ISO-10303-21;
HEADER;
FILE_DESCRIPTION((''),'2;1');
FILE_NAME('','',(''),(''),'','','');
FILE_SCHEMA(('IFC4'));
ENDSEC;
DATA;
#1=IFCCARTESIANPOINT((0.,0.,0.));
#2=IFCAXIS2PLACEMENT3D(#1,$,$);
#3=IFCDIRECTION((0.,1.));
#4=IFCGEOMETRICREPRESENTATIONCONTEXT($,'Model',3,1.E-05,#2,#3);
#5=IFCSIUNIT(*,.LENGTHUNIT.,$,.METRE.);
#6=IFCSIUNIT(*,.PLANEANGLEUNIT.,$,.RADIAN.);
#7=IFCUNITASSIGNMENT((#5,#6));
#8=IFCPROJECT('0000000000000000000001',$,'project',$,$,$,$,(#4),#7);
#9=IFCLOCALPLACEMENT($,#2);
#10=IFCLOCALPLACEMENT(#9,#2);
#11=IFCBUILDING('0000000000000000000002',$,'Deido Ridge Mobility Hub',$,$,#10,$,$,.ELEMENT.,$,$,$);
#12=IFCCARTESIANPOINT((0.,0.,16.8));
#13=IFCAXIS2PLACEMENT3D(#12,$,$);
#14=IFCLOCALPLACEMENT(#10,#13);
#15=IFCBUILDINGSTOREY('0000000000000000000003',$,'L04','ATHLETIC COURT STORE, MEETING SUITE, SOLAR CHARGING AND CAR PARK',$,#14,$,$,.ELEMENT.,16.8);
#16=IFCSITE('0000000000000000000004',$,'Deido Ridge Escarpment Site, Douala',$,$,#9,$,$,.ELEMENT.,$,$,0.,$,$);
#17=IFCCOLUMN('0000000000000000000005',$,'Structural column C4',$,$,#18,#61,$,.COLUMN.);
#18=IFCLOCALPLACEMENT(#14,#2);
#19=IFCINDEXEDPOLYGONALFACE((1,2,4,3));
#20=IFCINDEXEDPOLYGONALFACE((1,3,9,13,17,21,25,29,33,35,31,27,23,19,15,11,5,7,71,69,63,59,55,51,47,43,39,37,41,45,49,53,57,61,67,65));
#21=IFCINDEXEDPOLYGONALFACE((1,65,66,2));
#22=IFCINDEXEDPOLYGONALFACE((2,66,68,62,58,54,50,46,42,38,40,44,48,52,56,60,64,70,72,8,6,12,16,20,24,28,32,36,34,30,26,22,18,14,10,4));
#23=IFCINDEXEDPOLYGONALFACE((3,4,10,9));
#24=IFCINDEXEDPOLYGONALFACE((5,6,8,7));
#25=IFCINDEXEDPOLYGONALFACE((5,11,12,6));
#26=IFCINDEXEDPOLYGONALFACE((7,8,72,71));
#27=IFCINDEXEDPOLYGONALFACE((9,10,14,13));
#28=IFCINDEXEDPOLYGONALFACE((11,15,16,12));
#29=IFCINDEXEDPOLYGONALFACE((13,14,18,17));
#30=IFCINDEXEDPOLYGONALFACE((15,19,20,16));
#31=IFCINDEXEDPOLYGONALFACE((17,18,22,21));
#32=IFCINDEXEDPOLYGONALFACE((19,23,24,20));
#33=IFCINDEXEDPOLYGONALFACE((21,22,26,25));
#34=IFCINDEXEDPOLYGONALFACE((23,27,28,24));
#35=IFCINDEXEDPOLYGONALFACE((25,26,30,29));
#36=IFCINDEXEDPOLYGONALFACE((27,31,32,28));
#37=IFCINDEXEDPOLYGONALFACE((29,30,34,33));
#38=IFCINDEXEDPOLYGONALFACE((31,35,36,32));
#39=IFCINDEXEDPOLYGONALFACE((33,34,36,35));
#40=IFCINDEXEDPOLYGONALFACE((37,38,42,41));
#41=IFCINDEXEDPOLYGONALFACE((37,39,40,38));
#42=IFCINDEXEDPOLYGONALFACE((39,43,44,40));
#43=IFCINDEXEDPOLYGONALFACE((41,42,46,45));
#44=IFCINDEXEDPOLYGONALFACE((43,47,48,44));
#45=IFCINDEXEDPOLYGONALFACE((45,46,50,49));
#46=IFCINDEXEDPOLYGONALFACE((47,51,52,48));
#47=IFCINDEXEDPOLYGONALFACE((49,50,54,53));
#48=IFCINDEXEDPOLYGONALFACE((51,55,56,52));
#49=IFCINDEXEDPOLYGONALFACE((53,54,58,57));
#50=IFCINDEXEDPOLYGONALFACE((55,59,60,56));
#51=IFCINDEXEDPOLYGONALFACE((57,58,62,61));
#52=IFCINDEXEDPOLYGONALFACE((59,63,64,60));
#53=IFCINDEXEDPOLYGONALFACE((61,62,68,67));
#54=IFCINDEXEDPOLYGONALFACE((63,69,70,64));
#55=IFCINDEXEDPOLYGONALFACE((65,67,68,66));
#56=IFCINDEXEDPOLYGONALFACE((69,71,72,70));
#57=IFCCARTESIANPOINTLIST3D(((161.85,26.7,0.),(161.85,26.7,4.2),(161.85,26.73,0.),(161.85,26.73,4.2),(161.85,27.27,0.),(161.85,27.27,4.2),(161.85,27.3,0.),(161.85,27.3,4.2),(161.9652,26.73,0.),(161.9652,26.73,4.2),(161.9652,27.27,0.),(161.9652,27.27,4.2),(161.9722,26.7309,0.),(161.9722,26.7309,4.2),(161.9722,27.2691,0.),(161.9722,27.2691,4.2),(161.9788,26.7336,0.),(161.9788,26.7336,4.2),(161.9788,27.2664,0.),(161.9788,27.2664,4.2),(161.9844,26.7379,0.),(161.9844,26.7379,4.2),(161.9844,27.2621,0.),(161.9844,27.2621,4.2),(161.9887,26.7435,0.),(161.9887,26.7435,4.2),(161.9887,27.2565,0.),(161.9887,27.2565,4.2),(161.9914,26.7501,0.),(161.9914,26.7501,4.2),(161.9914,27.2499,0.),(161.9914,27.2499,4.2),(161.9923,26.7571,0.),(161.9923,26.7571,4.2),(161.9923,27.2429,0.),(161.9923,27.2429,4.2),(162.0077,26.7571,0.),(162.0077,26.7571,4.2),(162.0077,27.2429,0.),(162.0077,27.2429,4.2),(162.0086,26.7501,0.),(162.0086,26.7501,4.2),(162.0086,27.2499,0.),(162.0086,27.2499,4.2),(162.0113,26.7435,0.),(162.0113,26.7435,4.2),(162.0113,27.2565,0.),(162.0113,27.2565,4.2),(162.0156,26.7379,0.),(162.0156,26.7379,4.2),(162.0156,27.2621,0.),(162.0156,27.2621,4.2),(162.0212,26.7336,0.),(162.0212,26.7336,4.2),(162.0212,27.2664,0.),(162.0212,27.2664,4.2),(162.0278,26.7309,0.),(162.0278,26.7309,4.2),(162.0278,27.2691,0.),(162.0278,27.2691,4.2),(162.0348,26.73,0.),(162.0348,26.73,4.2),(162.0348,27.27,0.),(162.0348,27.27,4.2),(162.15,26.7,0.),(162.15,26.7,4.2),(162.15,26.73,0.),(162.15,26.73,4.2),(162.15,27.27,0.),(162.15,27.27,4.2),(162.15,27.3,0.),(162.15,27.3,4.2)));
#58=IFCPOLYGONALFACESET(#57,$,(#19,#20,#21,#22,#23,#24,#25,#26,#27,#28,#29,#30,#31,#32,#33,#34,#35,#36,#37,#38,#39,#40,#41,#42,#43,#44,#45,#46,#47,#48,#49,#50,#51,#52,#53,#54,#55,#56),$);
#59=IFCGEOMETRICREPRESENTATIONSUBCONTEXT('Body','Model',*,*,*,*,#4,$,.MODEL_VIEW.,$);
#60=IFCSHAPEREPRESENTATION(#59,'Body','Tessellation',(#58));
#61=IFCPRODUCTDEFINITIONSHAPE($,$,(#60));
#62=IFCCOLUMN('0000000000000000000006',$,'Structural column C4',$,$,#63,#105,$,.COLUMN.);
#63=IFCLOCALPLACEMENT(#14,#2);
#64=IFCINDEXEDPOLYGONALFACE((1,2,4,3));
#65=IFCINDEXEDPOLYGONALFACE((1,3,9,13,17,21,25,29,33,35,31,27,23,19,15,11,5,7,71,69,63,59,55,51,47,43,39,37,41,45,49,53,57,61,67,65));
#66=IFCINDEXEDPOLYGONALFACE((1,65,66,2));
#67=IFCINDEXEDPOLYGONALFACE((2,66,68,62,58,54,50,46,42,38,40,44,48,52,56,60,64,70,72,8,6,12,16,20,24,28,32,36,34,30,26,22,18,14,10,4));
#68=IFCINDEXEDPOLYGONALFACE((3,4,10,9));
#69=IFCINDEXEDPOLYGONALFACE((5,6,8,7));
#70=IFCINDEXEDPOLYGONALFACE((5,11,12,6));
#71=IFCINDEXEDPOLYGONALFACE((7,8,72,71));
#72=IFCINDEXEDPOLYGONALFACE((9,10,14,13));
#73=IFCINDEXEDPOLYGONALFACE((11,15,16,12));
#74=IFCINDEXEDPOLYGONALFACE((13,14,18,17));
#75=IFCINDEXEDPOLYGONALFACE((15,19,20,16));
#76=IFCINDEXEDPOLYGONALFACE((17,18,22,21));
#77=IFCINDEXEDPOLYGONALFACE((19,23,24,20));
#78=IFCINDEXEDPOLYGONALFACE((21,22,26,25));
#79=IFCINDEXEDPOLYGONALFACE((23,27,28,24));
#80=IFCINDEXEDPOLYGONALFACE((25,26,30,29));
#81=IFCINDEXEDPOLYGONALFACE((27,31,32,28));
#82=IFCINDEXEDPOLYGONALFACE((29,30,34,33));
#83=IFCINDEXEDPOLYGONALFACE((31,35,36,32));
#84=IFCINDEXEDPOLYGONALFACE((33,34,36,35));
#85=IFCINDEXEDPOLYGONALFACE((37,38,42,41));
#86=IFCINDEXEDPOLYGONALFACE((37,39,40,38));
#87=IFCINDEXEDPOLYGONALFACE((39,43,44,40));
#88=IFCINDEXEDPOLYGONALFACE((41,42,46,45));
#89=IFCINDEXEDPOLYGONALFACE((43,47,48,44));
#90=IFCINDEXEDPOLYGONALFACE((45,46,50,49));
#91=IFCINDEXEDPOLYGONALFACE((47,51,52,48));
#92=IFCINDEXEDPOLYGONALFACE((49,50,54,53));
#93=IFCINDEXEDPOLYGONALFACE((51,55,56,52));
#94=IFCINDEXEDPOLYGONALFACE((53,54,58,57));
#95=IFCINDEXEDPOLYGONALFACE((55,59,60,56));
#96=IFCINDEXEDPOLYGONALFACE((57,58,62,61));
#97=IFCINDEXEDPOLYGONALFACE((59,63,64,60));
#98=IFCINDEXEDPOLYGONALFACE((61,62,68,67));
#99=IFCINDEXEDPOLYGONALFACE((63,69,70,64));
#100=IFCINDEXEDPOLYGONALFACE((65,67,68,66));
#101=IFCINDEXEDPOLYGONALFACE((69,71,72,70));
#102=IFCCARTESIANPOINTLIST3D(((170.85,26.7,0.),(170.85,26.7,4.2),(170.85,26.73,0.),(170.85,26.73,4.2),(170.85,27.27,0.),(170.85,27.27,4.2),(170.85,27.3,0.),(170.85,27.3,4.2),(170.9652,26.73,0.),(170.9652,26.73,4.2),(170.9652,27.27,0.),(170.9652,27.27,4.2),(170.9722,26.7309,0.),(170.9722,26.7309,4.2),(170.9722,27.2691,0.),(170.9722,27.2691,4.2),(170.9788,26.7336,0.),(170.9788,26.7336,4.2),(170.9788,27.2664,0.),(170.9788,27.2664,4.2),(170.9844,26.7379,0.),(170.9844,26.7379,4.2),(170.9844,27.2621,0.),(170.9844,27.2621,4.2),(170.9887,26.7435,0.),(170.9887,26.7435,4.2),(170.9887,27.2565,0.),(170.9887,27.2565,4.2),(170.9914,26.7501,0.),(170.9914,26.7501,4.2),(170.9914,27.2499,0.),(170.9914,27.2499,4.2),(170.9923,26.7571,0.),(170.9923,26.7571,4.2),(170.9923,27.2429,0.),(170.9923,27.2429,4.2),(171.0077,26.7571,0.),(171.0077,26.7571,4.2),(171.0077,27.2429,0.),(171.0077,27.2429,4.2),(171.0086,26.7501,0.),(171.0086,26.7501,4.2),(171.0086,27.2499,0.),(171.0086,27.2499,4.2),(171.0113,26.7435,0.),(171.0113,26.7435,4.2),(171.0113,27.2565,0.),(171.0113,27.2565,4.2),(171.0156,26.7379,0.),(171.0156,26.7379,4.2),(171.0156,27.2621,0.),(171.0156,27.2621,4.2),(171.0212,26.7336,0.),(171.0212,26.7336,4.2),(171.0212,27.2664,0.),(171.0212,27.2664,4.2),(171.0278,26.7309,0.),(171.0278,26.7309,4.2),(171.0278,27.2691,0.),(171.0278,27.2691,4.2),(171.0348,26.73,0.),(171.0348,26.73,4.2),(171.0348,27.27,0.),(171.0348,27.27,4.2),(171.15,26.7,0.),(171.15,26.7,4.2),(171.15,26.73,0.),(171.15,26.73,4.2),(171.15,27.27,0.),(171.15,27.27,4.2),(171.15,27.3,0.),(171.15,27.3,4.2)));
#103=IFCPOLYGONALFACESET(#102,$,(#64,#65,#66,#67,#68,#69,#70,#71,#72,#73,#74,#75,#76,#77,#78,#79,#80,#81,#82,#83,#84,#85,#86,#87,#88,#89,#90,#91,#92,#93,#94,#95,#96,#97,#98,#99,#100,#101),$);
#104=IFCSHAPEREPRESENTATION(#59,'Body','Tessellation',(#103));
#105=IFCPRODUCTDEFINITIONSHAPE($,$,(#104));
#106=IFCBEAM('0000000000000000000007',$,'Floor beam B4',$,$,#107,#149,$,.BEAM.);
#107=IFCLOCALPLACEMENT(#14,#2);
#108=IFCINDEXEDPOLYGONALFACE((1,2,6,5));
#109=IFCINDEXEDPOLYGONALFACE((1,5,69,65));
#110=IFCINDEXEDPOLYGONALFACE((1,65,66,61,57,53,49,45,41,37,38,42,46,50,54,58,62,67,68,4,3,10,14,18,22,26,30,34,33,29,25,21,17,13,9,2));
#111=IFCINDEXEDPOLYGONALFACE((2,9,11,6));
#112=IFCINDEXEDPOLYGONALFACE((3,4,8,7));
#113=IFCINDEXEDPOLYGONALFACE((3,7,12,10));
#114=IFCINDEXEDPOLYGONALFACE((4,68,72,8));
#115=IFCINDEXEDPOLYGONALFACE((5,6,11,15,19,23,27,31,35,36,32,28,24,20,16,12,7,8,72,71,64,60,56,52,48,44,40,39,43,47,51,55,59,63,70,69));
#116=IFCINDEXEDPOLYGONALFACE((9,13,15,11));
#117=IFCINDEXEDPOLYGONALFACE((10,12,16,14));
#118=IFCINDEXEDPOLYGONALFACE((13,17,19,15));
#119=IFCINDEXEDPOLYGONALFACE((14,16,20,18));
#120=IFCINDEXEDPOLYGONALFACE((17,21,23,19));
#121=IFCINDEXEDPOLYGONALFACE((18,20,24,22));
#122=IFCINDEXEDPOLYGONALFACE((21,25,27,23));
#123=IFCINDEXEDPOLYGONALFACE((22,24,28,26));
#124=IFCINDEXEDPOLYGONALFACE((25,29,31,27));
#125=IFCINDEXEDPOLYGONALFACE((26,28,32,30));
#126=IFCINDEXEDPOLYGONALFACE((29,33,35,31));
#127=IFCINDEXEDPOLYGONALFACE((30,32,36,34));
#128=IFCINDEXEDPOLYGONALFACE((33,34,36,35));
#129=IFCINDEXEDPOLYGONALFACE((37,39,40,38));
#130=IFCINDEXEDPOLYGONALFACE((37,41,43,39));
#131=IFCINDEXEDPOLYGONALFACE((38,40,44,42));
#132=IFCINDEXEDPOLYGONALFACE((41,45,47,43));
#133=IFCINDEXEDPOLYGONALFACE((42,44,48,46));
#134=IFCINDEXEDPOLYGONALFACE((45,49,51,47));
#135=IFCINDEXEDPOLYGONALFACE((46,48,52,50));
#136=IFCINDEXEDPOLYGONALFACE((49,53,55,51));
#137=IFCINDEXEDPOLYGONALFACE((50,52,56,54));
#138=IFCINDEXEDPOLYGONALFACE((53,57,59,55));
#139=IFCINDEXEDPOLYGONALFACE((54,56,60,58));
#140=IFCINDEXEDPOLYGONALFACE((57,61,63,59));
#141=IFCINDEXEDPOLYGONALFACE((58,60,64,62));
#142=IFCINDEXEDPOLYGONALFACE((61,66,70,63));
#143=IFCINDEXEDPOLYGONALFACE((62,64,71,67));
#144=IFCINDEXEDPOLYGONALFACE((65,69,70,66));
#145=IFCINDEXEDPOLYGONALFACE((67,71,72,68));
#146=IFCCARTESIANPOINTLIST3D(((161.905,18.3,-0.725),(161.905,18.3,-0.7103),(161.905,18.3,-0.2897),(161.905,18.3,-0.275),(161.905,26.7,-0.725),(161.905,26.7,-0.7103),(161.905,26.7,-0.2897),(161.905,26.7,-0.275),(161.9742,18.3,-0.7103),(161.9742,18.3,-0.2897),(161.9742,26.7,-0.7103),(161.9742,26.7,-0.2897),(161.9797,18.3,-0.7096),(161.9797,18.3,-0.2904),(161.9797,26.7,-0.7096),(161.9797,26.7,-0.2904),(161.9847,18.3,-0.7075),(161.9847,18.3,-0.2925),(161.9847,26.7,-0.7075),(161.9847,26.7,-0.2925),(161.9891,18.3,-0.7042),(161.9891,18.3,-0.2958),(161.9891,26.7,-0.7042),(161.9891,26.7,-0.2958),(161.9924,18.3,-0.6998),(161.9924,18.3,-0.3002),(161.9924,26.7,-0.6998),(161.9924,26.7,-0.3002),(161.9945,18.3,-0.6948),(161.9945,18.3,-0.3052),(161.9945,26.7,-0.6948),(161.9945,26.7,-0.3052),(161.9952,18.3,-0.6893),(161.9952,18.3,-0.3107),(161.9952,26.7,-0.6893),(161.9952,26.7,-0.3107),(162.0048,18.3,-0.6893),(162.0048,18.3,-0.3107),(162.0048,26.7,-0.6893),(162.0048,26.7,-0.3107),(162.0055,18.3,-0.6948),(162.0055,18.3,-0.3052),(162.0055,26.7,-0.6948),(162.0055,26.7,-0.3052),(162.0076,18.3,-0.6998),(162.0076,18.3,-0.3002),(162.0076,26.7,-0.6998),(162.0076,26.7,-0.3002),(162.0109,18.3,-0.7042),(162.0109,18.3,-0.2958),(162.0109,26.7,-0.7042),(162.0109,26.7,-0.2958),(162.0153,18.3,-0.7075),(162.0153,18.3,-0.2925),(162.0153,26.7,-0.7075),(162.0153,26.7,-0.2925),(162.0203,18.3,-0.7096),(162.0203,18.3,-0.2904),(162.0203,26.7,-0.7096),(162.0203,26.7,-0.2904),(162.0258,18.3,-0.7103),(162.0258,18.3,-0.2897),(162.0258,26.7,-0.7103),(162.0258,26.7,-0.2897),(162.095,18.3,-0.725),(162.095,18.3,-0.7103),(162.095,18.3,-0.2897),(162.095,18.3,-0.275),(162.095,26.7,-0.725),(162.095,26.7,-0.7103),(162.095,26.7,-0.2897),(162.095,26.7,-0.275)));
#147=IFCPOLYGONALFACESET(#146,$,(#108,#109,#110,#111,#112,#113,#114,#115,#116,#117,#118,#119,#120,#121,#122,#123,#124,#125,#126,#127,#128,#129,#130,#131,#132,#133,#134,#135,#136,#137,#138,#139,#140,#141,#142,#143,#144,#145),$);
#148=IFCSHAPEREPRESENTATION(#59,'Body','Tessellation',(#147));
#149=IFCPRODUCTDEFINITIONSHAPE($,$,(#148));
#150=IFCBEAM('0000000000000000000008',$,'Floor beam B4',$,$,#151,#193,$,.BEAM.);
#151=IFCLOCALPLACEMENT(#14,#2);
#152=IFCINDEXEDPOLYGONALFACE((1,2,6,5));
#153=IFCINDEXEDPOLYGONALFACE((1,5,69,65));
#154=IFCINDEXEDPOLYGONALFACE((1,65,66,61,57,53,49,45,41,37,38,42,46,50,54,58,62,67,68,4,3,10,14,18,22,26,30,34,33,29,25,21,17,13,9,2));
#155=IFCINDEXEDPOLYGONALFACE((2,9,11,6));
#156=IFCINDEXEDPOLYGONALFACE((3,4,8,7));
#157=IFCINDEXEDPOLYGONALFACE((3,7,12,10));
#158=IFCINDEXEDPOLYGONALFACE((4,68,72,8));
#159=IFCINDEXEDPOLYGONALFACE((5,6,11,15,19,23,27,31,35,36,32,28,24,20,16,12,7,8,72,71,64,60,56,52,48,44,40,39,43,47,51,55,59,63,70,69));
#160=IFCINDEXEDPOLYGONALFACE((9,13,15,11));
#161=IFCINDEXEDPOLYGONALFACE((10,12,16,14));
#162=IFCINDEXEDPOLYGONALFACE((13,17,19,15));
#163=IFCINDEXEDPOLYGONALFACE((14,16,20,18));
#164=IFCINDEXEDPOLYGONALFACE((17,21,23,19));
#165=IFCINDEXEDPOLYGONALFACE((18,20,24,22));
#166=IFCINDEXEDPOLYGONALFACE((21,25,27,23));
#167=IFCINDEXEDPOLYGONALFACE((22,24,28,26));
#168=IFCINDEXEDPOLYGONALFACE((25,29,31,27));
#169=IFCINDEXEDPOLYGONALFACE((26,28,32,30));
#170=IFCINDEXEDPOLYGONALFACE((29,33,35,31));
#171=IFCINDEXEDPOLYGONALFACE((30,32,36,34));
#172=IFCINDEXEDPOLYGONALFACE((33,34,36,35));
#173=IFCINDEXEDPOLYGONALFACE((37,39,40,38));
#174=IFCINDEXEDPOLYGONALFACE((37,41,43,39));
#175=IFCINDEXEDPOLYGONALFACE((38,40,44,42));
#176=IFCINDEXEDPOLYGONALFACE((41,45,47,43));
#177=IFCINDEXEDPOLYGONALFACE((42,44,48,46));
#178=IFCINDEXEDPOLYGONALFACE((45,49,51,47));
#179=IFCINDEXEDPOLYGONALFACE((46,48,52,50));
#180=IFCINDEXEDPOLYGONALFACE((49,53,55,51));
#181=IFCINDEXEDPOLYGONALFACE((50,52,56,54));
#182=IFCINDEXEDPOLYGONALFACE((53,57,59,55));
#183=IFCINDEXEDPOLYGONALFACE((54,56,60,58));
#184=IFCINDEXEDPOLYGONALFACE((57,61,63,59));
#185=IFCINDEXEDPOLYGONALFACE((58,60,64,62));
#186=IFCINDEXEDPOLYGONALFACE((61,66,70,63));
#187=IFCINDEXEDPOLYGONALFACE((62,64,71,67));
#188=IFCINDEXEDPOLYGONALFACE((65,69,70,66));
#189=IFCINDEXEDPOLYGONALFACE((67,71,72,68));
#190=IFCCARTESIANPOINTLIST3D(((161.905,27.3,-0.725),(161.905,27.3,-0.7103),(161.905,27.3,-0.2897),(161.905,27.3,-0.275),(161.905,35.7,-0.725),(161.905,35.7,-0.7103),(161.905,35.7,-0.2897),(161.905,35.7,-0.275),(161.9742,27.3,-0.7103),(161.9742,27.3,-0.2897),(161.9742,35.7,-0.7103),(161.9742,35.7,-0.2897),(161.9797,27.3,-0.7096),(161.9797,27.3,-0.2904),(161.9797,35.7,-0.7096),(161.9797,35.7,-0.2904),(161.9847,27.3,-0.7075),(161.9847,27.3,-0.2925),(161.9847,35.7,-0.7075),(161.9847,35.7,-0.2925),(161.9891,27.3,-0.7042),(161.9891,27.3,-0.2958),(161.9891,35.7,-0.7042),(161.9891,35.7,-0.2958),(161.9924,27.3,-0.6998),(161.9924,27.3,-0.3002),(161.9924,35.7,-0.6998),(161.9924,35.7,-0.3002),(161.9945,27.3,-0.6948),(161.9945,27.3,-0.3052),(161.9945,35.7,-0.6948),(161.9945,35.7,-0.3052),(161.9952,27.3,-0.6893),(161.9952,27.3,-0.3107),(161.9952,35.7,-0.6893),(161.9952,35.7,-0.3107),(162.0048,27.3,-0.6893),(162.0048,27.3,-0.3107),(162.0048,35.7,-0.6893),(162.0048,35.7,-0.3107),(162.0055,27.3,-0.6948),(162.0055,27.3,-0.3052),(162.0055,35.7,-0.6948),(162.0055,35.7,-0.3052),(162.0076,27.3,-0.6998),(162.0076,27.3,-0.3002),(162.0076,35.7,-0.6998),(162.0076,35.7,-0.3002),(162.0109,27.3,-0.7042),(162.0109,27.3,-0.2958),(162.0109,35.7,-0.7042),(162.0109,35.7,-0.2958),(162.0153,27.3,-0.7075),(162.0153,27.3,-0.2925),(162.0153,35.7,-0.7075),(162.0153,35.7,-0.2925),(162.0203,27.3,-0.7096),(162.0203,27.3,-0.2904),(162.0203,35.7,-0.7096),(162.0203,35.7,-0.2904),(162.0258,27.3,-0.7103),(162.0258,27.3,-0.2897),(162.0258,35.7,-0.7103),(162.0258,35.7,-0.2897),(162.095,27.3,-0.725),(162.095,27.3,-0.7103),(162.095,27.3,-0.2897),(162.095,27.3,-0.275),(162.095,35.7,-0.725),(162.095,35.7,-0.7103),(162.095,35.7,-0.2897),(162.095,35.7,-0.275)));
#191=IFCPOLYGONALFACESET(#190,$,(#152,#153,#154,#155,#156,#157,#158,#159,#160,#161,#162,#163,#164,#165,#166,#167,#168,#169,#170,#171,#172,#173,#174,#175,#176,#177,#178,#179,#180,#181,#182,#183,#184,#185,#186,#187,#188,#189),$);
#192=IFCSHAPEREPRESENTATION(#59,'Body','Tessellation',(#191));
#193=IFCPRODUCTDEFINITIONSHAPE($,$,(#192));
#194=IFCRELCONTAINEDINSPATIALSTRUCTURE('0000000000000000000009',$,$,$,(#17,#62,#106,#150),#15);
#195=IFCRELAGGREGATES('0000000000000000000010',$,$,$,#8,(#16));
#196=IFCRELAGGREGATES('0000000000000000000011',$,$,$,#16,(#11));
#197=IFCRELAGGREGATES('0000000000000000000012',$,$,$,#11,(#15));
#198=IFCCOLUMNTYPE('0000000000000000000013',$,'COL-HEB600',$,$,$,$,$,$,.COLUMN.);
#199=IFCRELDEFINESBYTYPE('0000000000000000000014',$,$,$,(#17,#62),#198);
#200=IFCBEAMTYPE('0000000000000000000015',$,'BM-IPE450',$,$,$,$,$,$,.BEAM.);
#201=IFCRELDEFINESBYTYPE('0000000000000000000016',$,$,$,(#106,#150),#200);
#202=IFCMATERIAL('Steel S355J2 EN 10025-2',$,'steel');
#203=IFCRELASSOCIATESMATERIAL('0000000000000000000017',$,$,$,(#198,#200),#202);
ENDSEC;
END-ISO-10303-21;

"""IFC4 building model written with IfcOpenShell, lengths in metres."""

from ifc_helpers import new_model, si_unit, direction, frame, origin, origin_2d, place, context, subcontext, project, spatial, i_section, extrude, material, material_profile, profile_set, type_object, element, save


model = new_model("IFC4")

# Units and contexts
model_context = context("Model", 3, precision=1e-05, world=origin(), true_north=direction((0.0, 1.0)))
body_context = subcontext(model_context, "Body", "Model", "MODEL_VIEW")
ifc_project = project(units=[si_unit("LENGTHUNIT", "METRE"), si_unit("PLANEANGLEUNIT", "RADIAN")], contexts=[model_context])

# Site, building, storey
site_placement = place(None, origin())
site = spatial("IfcSite", under=ifc_project, at=site_placement, Name="Deido Ridge Escarpment Site, Douala", CompositionType="ELEMENT", RefElevation=0.0)
building_placement = place(site_placement, origin())
building = spatial("IfcBuilding", under=site, at=building_placement, Name="Deido Ridge Mobility Hub", CompositionType="ELEMENT")
storey_placement = place(building_placement, frame((0.0, 0.0, 16.8)))
storey = spatial("IfcBuildingStorey", under=building, at=storey_placement, Name="L04", Description="ATHLETIC COURT STORE, MEETING SUITE, SOLAR CHARGING AND CAR PARK", CompositionType="ELEMENT", Elevation=16.8)

# Columns
ifc_material_1 = material(Name="Steel S355J2 EN 10025-2", Category="steel")
ifc_material_profile_1 = material_profile(ifc_material_1, i_section(OverallWidth=0.3, OverallDepth=0.6001, WebThickness=0.0154, FlangeThickness=0.03, FilletRadius=0.0271, at=origin_2d()), Name="HEB 600")
ifc_profile_set_1 = profile_set([ifc_material_profile_1], Name="Steel S355J2 EN 10025-2")
column_type = type_object("IfcColumnType", Name="COL-HEB600", PredefinedType="COLUMN", material=ifc_profile_set_1)
for number, where, z_axis, x_axis, name in (
    (1, (162.0, 27.0, 0.0), (0.0, 0.0, 1.0), (1.0, 0.0, 0.0), "Structural column C4"),
    (2, (171.0, 27.0, 0.0), (0.0, 0.0, 1.0), (1.0, 0.0, 0.0), "Structural column C4"),
):
    element("IfcColumn", number, at=place(storey_placement, frame(where, z_axis=z_axis, x_axis=x_axis)), inside=storey, type_object=column_type, Name=name, PredefinedType="COLUMN", context=body_context, shape_type="SweptSolid", body=[
        extrude(i_section(OverallWidth=0.3, OverallDepth=0.6001, WebThickness=0.0154, FlangeThickness=0.03, FilletRadius=0.0271, at=origin_2d()), origin(), (0.0, 0.0, 1.0), 4.2),
    ])

# Beams
ifc_material_profile_2 = material_profile(ifc_material_1, i_section(OverallWidth=0.1899, OverallDepth=0.45, WebThickness=0.0095, FlangeThickness=0.0146, FilletRadius=0.021, at=origin_2d()), Name="IPE 450")
ifc_profile_set_2 = profile_set([ifc_material_profile_2], Name="Steel S355J2 EN 10025-2")
beam_type_1 = type_object("IfcBeamType", Name="BM-IPE450", PredefinedType="BEAM", material=ifc_profile_set_2)
for number, where, z_axis, x_axis, name in (
    (3, (162.0, 18.3, -0.5), (0.0, 1.0, 0.0), (-1.0, 0.0, 0.0), "Floor beam B4"),
    (4, (162.0, 27.3, -0.5), (0.0, 1.0, 0.0), (-1.0, 0.0, 0.0), "Floor beam B4"),
):
    element("IfcBeam", number, at=place(storey_placement, frame(where, z_axis=z_axis, x_axis=x_axis)), inside=storey, type_object=beam_type_1, Name=name, PredefinedType="BEAM", context=body_context, shape_type="SweptSolid", body=[
        extrude(i_section(OverallWidth=0.1899, OverallDepth=0.45, WebThickness=0.0095, FlangeThickness=0.0146, FilletRadius=0.021, at=origin_2d()), origin(), (0.0, 0.0, 1.0), 8.3999),
    ])

save(model, "model.ifc")
